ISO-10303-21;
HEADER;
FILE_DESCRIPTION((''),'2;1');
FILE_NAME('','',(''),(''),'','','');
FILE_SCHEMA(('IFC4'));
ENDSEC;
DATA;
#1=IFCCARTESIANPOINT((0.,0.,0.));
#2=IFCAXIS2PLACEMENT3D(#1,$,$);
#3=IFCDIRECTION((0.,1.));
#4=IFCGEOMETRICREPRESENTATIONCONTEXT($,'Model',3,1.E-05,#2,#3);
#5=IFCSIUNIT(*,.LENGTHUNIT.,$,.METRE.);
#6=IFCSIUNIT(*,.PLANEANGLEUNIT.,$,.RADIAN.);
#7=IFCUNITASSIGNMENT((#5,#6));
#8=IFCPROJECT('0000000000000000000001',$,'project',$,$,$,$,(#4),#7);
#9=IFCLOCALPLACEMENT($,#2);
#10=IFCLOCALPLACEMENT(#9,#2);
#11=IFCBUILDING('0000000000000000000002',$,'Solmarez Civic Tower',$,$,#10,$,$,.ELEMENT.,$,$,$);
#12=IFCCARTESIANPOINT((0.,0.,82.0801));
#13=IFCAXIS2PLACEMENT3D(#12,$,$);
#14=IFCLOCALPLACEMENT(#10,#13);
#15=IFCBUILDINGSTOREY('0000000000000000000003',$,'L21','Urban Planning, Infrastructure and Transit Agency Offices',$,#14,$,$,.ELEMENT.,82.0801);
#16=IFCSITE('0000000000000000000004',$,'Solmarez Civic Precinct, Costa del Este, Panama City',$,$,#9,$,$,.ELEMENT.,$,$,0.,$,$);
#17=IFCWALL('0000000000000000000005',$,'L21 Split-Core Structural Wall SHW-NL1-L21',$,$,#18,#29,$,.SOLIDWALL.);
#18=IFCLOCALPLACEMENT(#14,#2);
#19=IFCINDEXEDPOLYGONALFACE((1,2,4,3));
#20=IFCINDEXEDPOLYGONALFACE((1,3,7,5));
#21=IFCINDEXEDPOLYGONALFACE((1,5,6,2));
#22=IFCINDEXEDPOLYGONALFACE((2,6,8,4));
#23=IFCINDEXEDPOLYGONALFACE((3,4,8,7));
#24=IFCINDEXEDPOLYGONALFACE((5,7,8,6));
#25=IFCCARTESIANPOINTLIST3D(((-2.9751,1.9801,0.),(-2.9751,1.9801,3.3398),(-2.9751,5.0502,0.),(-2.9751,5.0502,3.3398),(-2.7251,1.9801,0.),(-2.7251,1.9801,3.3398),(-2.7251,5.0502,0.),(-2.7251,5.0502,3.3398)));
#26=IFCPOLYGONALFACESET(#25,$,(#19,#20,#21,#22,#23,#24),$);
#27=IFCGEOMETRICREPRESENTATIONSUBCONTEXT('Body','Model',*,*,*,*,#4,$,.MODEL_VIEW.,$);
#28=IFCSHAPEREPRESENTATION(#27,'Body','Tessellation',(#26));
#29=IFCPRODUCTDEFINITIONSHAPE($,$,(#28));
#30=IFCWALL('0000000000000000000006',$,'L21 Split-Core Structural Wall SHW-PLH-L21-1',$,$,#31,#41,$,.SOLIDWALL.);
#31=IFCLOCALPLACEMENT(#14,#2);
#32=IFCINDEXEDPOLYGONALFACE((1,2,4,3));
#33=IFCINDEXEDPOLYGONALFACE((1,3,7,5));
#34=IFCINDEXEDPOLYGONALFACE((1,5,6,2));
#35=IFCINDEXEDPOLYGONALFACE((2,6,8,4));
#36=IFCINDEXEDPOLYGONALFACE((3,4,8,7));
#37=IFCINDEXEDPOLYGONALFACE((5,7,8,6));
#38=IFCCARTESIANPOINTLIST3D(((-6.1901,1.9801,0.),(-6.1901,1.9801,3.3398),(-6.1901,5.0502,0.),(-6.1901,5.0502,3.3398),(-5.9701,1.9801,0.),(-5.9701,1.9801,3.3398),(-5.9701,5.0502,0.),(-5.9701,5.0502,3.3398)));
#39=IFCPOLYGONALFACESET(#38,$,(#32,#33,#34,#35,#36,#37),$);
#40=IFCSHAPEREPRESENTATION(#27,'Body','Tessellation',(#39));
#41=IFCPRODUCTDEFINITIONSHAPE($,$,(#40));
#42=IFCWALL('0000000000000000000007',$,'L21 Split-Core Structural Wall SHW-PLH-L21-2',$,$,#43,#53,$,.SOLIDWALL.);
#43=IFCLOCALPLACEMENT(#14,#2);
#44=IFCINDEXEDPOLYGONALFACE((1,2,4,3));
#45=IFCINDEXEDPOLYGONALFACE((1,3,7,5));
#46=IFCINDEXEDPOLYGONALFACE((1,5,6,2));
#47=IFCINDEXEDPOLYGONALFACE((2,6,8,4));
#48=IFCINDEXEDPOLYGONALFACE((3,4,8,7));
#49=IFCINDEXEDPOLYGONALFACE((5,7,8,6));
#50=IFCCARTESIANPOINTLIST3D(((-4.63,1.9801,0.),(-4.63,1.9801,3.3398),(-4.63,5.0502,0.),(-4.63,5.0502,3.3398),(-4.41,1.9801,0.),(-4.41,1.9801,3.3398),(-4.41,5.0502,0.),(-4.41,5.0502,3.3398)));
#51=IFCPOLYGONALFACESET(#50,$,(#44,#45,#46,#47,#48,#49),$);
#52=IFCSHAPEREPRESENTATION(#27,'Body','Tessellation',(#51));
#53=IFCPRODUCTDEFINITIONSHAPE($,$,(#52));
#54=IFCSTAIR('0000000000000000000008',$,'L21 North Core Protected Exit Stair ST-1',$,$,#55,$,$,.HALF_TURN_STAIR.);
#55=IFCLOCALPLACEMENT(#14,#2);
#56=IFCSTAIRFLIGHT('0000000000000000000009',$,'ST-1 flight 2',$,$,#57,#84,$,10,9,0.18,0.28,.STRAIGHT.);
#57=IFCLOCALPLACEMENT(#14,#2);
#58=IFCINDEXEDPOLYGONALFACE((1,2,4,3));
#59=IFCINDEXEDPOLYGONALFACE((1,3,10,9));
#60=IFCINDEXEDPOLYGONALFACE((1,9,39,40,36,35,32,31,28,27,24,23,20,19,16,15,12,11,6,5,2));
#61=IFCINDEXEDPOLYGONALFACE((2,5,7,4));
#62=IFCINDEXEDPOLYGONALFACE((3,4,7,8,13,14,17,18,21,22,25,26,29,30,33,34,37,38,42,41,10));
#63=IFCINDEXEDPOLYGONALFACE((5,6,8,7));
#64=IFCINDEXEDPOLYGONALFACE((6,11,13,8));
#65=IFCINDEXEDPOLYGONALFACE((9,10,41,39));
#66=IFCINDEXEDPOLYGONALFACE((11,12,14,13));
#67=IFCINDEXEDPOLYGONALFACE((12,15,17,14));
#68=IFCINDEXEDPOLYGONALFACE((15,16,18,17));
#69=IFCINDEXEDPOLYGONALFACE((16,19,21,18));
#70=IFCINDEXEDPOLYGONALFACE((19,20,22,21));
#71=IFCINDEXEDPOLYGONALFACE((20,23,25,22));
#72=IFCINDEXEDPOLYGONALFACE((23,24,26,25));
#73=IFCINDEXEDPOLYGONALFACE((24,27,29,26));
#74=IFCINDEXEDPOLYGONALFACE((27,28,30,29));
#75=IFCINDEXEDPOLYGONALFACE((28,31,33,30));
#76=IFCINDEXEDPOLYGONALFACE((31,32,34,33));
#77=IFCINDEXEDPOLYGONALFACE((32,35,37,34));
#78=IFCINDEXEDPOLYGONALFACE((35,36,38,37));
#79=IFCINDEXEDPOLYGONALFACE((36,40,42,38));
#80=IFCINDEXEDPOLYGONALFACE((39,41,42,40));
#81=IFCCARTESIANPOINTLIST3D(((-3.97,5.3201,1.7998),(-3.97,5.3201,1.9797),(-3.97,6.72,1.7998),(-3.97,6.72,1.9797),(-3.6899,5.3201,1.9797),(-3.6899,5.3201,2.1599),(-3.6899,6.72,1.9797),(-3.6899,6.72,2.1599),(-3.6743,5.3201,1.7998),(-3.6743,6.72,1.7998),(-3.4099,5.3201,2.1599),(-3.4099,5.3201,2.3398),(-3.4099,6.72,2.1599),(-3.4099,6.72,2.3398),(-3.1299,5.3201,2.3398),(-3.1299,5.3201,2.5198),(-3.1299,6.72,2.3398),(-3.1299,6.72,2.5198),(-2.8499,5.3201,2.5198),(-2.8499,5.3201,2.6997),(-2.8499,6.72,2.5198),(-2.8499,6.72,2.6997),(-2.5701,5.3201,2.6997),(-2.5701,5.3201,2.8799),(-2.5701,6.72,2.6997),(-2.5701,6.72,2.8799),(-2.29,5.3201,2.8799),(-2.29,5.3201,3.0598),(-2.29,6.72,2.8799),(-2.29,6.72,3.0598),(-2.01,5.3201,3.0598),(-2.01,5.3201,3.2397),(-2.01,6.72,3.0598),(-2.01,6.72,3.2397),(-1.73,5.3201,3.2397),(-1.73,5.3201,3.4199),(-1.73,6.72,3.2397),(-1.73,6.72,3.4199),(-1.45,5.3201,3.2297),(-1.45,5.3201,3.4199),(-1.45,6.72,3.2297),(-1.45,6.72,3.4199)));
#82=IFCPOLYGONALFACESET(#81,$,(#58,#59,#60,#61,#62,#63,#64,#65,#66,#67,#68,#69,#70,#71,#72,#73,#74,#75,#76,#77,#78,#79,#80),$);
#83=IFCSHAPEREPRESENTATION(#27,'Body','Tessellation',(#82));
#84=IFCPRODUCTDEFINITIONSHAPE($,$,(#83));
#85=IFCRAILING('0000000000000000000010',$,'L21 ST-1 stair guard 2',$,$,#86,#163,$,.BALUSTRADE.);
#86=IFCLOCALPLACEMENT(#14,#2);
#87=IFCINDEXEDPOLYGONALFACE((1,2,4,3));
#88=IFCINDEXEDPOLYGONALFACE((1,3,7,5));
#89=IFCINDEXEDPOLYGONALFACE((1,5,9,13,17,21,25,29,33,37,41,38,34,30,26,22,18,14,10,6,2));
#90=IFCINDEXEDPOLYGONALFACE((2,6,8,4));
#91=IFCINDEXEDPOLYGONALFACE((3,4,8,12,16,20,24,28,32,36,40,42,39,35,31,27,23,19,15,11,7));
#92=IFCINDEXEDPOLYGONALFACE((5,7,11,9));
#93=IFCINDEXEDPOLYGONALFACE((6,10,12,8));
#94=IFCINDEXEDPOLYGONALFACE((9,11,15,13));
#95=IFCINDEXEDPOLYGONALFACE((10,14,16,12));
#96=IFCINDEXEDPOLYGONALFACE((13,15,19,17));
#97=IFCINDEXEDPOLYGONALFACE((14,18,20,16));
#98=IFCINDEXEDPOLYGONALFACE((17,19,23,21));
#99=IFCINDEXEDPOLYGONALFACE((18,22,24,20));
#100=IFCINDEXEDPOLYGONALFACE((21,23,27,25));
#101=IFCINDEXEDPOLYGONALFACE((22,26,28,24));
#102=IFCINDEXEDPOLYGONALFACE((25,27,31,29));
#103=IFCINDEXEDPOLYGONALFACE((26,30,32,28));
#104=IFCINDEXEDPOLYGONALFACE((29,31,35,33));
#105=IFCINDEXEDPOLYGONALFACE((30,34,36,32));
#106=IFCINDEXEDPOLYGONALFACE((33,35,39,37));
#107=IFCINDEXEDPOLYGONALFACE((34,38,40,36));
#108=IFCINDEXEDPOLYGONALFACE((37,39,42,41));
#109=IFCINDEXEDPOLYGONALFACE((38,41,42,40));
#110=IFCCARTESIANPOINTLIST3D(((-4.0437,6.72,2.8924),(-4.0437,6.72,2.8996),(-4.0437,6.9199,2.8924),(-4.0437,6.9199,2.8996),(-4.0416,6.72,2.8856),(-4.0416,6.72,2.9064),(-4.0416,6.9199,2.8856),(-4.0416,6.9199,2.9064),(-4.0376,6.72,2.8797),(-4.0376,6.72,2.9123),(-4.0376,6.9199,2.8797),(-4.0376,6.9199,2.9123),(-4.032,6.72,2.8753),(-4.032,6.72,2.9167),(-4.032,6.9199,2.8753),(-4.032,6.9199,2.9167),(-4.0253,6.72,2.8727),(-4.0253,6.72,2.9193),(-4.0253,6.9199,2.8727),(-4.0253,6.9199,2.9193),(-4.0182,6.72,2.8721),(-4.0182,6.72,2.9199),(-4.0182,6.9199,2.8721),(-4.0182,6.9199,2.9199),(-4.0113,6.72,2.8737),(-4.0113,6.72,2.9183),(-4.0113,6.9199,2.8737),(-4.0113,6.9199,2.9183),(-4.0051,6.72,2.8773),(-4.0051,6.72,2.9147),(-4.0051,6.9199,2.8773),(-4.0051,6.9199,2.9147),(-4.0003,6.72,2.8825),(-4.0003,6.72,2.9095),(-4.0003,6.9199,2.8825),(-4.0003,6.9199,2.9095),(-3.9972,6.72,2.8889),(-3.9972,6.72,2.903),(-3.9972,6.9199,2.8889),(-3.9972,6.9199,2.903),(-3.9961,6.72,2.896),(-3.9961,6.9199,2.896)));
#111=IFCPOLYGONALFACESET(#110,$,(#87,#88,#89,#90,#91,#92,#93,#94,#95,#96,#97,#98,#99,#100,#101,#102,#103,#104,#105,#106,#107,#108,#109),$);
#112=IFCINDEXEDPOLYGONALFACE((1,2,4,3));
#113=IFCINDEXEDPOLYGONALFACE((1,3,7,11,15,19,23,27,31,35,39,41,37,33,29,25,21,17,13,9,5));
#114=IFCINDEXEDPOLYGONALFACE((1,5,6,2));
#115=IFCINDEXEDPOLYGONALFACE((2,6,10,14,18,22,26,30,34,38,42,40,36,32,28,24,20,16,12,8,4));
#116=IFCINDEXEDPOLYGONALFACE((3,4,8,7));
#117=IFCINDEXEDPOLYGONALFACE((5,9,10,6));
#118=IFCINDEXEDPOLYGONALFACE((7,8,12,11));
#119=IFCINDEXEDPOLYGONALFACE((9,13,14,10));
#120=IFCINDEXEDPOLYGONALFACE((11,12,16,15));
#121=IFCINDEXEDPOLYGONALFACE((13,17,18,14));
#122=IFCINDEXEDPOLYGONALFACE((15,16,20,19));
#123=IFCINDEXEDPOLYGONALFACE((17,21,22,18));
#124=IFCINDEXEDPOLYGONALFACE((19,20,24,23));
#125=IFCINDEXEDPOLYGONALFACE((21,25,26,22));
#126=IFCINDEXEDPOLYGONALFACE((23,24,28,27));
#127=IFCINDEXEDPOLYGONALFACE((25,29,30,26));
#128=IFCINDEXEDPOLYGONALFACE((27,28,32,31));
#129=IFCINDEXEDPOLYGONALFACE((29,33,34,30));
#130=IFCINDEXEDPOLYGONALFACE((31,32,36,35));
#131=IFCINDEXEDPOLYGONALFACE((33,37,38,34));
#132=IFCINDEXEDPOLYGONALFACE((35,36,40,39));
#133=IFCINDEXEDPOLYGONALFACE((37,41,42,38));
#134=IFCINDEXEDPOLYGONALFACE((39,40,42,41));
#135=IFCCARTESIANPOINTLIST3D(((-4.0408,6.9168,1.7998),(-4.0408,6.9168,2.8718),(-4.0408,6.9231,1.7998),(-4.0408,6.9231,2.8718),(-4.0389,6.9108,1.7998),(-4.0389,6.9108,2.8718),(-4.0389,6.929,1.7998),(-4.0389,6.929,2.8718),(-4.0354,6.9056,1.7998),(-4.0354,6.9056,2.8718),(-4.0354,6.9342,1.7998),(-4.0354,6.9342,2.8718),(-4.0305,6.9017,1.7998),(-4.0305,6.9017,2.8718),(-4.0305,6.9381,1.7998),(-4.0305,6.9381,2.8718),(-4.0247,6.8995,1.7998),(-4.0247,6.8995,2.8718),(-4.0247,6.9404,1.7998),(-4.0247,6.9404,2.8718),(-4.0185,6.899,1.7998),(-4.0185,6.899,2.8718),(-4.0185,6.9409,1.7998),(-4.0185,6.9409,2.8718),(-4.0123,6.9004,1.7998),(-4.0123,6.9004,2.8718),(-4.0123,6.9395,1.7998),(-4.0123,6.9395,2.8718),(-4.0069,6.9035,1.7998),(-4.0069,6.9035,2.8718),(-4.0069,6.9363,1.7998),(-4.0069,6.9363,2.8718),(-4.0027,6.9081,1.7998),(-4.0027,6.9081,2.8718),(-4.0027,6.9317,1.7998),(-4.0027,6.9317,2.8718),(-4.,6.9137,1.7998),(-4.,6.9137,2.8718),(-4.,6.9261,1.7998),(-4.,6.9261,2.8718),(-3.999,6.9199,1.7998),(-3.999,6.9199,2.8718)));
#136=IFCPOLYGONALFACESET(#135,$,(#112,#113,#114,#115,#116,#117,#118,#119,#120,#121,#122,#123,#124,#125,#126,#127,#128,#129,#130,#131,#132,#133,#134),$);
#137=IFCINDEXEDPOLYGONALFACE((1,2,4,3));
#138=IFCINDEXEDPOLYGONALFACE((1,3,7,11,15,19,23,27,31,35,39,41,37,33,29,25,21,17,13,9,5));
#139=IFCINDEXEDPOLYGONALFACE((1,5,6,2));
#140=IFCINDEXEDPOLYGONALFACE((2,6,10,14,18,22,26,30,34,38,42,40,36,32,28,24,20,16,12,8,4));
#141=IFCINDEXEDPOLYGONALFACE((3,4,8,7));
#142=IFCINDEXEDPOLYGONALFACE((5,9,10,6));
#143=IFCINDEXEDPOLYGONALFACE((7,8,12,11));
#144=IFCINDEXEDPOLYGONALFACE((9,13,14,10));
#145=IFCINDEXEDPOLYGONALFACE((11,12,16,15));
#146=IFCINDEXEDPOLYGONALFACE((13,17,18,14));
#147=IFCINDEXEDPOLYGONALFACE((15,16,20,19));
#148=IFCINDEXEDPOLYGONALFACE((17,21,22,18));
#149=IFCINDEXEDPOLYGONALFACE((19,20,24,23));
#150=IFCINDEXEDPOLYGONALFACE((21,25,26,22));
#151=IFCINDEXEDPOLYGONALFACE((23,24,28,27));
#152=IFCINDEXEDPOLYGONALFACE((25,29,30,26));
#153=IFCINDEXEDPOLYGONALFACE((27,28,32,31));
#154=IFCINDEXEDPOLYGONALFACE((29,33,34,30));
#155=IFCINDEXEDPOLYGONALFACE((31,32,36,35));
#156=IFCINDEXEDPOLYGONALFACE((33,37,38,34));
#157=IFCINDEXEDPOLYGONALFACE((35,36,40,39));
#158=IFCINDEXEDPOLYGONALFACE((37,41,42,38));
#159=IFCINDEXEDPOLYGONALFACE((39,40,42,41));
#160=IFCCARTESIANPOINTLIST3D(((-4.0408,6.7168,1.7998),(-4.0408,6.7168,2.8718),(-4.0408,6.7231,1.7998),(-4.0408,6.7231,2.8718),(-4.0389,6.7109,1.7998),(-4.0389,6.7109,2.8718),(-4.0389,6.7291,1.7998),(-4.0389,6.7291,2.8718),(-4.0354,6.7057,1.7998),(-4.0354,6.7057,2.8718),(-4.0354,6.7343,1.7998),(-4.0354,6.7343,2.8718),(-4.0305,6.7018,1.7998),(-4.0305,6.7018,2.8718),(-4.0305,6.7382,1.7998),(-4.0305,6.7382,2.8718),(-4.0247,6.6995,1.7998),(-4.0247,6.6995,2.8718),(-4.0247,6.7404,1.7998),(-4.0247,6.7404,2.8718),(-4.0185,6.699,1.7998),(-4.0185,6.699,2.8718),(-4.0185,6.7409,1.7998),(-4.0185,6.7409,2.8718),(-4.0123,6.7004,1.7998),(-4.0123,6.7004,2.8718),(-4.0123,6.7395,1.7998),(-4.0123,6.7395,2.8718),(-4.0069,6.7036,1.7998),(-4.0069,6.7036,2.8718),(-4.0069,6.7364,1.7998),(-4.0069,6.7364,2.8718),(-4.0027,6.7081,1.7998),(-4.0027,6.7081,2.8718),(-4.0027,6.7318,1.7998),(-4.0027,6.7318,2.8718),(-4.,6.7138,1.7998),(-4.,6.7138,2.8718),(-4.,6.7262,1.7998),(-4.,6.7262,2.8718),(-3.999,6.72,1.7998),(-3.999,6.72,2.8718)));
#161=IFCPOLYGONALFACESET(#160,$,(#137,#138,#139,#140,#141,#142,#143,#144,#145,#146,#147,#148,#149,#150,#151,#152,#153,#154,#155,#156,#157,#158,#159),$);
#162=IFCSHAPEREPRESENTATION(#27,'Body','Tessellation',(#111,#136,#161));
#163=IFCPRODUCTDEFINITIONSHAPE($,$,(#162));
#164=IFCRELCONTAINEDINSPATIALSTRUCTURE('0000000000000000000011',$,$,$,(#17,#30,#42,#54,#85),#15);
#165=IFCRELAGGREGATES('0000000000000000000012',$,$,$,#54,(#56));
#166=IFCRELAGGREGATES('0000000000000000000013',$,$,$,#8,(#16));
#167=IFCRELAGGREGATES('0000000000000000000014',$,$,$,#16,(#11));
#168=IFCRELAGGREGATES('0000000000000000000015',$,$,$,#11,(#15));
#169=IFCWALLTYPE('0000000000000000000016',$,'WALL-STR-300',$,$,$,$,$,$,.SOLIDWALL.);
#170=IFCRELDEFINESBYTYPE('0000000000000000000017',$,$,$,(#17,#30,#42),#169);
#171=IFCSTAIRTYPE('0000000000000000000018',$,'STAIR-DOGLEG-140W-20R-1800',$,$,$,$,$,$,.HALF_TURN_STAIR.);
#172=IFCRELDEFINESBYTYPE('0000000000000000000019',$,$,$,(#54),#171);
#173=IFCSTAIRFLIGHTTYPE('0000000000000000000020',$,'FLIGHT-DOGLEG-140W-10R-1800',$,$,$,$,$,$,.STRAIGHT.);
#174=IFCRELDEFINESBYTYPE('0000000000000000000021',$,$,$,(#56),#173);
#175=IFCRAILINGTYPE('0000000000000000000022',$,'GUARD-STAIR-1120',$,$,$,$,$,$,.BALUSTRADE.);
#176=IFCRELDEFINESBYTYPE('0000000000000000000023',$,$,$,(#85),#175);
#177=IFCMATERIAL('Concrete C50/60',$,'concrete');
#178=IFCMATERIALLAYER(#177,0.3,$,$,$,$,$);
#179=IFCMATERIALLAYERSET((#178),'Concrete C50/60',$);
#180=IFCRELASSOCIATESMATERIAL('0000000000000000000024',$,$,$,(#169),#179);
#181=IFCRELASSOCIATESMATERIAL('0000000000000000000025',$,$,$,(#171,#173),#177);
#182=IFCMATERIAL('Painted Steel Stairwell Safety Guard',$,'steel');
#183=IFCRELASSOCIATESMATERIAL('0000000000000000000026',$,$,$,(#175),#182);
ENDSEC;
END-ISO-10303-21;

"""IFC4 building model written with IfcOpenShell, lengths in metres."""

from ifc_helpers import new_model, si_unit, direction, frame, frame_2d, origin, origin_2d, place, context, subcontext, project, spatial, polyline, rectangle, circle, outline, extrude, material, layer, layer_set, type_object, element, aggregate, save


model = new_model("IFC4")

# Units and contexts
model_context = context("Model", 3, precision=1e-05, world=origin(), true_north=direction((0.0, 1.0)))
body_context = subcontext(model_context, "Body", "Model", "MODEL_VIEW")
ifc_project = project(units=[si_unit("LENGTHUNIT", "METRE"), si_unit("PLANEANGLEUNIT", "RADIAN")], contexts=[model_context])

# Site, building, storey
site_placement = place(None, origin())
site = spatial("IfcSite", under=ifc_project, at=site_placement, Name="Solmarez Civic Precinct, Costa del Este, Panama City", CompositionType="ELEMENT", RefElevation=0.0)
building_placement = place(site_placement, origin())
building = spatial("IfcBuilding", under=site, at=building_placement, Name="Solmarez Civic Tower", CompositionType="ELEMENT")
storey_placement = place(building_placement, frame((0.0, 0.0, 82.0801)))
storey = spatial("IfcBuildingStorey", under=building, at=storey_placement, Name="L21", Description="Urban Planning, Infrastructure and Transit Agency Offices", CompositionType="ELEMENT", Elevation=82.0801)

# Walls
ifc_material_1 = material(Name="Concrete C50/60", Category="concrete")
ifc_layer_1 = layer(ifc_material_1, 0.3)
ifc_layer_set_1 = layer_set([ifc_layer_1], Name="Concrete C50/60")
wall_type_1 = type_object("IfcWallType", Name="WALL-STR-300", PredefinedType="SOLIDWALL", material=ifc_layer_set_1)
wall_1_placement = place(storey_placement, frame((-2.8501, 1.98, 0.0), z_axis=(0.0, 0.0, 1.0), x_axis=(0.0, 1.0, 0.0)))
element("IfcWall", 1, at=wall_1_placement, inside=storey, type_object=wall_type_1, Name="L21 Split-Core Structural Wall SHW-NL1-L21", PredefinedType="SOLIDWALL", context=body_context, shape_type="SweptSolid", body=[
    extrude(rectangle(XDim=3.0701, YDim=0.25, at=frame_2d((1.5352, 0.0))), origin(), (0.0, 0.0, 1.0), 3.3398),
])
for number, where, z_axis, x_axis, name in (
    (2, (-6.0801, 1.98, 0.0), (0.0, 0.0, 1.0), (0.0, 1.0, 0.0), "L21 Split-Core Structural Wall SHW-PLH-L21-1"),
    (3, (-4.52, 1.98, 0.0), (0.0, 0.0, 1.0), (0.0, 1.0, 0.0), "L21 Split-Core Structural Wall SHW-PLH-L21-2"),
):
    element("IfcWall", number, at=place(storey_placement, frame(where, z_axis=z_axis, x_axis=x_axis)), inside=storey, type_object=wall_type_1, Name=name, PredefinedType="SOLIDWALL", context=body_context, shape_type="SweptSolid", body=[
        extrude(rectangle(XDim=3.0701, YDim=0.22, at=frame_2d((1.5352, 0.0))), origin(), (0.0, 0.0, 1.0), 3.3398),
    ])

# Stair, stair flight
stair_type = type_object("IfcStairType", Name="STAIR-DOGLEG-140W-20R-1800", PredefinedType="HALF_TURN_STAIR", material=ifc_material_1)
stair_placement = place(storey_placement, origin())
stair = element("IfcStair", 4, at=stair_placement, inside=storey, type_object=stair_type, Name="L21 North Core Protected Exit Stair ST-1", PredefinedType="HALF_TURN_STAIR")
stair_flight_type = type_object("IfcStairFlightType", Name="FLIGHT-DOGLEG-140W-10R-1800", PredefinedType="STRAIGHT", material=ifc_material_1)
stair_flight_placement = place(storey_placement, frame((-3.97, 6.02, 1.7998), z_axis=(0.0, 0.0, 1.0), x_axis=(1.0, 0.0, 0.0)))
stair_flight = element("IfcStairFlight", 5, at=stair_flight_placement, type_object=stair_flight_type, Name="ST-1 flight 2", NumberOfRisers=10, NumberOfTreads=9, PredefinedType="STRAIGHT", RiserHeight=0.18, TreadLength=0.28, context=body_context, shape_type="SweptSolid", body=[
    extrude(outline(polyline([(0.0, 0.0), (0.0, 0.1799), (0.28, 0.1799), (0.28, 0.3601), (0.5601, 0.3601), (0.5601, 0.54), (0.8401, 0.54), (0.8401, 0.72), (1.1201, 0.72), (1.1201, 0.8999), (1.3999, 0.8999), (1.3999, 1.0801), (1.6799, 1.0801), (1.6799, 1.26), (1.96, 1.26), (1.96, 1.4399), (2.24, 1.4399), (2.24, 1.6201), (2.52, 1.6201), (2.52, 1.8), (2.52, 1.4299), (0.2957, 0.0), (0.0, 0.0)])), frame((0.0, 0.7, 0.0), z_axis=(0.0, -1.0, 0.0), x_axis=(1.0, 0.0, 0.0)), (0.0, 0.0, 1.0), 1.3999),
])
aggregate(stair, [stair_flight])

# Railing
ifc_material_2 = material(Name="Painted Steel Stairwell Safety Guard", Category="steel")
railing_type_1 = type_object("IfcRailingType", Name="GUARD-STAIR-1120", PredefinedType="BALUSTRADE", material=ifc_material_2)
railing_1_placement = place(storey_placement, frame((-4.02, 6.9199, 1.7998)))
element("IfcRailing", 6, at=railing_1_placement, inside=storey, type_object=railing_type_1, Name="L21 ST-1 stair guard 2", PredefinedType="BALUSTRADE", context=body_context, shape_type="SweptSolid", body=[
    extrude(circle(Radius=0.0239, at=origin_2d()), frame((0.0, 0.0, 1.0962), z_axis=(0.0, -1.0, 0.0), x_axis=(1.0, 0.0, 0.0)), (0.0, 0.0, 1.0), 0.2),
    extrude(circle(Radius=0.021, at=origin_2d()), origin(), (0.0, 0.0, 1.0), 1.072),
    extrude(circle(Radius=0.021, at=origin_2d()), frame((0.0, -0.2, 0.0)), (0.0, 0.0, 1.0), 1.072),
])

save(model, "model.ifc")
